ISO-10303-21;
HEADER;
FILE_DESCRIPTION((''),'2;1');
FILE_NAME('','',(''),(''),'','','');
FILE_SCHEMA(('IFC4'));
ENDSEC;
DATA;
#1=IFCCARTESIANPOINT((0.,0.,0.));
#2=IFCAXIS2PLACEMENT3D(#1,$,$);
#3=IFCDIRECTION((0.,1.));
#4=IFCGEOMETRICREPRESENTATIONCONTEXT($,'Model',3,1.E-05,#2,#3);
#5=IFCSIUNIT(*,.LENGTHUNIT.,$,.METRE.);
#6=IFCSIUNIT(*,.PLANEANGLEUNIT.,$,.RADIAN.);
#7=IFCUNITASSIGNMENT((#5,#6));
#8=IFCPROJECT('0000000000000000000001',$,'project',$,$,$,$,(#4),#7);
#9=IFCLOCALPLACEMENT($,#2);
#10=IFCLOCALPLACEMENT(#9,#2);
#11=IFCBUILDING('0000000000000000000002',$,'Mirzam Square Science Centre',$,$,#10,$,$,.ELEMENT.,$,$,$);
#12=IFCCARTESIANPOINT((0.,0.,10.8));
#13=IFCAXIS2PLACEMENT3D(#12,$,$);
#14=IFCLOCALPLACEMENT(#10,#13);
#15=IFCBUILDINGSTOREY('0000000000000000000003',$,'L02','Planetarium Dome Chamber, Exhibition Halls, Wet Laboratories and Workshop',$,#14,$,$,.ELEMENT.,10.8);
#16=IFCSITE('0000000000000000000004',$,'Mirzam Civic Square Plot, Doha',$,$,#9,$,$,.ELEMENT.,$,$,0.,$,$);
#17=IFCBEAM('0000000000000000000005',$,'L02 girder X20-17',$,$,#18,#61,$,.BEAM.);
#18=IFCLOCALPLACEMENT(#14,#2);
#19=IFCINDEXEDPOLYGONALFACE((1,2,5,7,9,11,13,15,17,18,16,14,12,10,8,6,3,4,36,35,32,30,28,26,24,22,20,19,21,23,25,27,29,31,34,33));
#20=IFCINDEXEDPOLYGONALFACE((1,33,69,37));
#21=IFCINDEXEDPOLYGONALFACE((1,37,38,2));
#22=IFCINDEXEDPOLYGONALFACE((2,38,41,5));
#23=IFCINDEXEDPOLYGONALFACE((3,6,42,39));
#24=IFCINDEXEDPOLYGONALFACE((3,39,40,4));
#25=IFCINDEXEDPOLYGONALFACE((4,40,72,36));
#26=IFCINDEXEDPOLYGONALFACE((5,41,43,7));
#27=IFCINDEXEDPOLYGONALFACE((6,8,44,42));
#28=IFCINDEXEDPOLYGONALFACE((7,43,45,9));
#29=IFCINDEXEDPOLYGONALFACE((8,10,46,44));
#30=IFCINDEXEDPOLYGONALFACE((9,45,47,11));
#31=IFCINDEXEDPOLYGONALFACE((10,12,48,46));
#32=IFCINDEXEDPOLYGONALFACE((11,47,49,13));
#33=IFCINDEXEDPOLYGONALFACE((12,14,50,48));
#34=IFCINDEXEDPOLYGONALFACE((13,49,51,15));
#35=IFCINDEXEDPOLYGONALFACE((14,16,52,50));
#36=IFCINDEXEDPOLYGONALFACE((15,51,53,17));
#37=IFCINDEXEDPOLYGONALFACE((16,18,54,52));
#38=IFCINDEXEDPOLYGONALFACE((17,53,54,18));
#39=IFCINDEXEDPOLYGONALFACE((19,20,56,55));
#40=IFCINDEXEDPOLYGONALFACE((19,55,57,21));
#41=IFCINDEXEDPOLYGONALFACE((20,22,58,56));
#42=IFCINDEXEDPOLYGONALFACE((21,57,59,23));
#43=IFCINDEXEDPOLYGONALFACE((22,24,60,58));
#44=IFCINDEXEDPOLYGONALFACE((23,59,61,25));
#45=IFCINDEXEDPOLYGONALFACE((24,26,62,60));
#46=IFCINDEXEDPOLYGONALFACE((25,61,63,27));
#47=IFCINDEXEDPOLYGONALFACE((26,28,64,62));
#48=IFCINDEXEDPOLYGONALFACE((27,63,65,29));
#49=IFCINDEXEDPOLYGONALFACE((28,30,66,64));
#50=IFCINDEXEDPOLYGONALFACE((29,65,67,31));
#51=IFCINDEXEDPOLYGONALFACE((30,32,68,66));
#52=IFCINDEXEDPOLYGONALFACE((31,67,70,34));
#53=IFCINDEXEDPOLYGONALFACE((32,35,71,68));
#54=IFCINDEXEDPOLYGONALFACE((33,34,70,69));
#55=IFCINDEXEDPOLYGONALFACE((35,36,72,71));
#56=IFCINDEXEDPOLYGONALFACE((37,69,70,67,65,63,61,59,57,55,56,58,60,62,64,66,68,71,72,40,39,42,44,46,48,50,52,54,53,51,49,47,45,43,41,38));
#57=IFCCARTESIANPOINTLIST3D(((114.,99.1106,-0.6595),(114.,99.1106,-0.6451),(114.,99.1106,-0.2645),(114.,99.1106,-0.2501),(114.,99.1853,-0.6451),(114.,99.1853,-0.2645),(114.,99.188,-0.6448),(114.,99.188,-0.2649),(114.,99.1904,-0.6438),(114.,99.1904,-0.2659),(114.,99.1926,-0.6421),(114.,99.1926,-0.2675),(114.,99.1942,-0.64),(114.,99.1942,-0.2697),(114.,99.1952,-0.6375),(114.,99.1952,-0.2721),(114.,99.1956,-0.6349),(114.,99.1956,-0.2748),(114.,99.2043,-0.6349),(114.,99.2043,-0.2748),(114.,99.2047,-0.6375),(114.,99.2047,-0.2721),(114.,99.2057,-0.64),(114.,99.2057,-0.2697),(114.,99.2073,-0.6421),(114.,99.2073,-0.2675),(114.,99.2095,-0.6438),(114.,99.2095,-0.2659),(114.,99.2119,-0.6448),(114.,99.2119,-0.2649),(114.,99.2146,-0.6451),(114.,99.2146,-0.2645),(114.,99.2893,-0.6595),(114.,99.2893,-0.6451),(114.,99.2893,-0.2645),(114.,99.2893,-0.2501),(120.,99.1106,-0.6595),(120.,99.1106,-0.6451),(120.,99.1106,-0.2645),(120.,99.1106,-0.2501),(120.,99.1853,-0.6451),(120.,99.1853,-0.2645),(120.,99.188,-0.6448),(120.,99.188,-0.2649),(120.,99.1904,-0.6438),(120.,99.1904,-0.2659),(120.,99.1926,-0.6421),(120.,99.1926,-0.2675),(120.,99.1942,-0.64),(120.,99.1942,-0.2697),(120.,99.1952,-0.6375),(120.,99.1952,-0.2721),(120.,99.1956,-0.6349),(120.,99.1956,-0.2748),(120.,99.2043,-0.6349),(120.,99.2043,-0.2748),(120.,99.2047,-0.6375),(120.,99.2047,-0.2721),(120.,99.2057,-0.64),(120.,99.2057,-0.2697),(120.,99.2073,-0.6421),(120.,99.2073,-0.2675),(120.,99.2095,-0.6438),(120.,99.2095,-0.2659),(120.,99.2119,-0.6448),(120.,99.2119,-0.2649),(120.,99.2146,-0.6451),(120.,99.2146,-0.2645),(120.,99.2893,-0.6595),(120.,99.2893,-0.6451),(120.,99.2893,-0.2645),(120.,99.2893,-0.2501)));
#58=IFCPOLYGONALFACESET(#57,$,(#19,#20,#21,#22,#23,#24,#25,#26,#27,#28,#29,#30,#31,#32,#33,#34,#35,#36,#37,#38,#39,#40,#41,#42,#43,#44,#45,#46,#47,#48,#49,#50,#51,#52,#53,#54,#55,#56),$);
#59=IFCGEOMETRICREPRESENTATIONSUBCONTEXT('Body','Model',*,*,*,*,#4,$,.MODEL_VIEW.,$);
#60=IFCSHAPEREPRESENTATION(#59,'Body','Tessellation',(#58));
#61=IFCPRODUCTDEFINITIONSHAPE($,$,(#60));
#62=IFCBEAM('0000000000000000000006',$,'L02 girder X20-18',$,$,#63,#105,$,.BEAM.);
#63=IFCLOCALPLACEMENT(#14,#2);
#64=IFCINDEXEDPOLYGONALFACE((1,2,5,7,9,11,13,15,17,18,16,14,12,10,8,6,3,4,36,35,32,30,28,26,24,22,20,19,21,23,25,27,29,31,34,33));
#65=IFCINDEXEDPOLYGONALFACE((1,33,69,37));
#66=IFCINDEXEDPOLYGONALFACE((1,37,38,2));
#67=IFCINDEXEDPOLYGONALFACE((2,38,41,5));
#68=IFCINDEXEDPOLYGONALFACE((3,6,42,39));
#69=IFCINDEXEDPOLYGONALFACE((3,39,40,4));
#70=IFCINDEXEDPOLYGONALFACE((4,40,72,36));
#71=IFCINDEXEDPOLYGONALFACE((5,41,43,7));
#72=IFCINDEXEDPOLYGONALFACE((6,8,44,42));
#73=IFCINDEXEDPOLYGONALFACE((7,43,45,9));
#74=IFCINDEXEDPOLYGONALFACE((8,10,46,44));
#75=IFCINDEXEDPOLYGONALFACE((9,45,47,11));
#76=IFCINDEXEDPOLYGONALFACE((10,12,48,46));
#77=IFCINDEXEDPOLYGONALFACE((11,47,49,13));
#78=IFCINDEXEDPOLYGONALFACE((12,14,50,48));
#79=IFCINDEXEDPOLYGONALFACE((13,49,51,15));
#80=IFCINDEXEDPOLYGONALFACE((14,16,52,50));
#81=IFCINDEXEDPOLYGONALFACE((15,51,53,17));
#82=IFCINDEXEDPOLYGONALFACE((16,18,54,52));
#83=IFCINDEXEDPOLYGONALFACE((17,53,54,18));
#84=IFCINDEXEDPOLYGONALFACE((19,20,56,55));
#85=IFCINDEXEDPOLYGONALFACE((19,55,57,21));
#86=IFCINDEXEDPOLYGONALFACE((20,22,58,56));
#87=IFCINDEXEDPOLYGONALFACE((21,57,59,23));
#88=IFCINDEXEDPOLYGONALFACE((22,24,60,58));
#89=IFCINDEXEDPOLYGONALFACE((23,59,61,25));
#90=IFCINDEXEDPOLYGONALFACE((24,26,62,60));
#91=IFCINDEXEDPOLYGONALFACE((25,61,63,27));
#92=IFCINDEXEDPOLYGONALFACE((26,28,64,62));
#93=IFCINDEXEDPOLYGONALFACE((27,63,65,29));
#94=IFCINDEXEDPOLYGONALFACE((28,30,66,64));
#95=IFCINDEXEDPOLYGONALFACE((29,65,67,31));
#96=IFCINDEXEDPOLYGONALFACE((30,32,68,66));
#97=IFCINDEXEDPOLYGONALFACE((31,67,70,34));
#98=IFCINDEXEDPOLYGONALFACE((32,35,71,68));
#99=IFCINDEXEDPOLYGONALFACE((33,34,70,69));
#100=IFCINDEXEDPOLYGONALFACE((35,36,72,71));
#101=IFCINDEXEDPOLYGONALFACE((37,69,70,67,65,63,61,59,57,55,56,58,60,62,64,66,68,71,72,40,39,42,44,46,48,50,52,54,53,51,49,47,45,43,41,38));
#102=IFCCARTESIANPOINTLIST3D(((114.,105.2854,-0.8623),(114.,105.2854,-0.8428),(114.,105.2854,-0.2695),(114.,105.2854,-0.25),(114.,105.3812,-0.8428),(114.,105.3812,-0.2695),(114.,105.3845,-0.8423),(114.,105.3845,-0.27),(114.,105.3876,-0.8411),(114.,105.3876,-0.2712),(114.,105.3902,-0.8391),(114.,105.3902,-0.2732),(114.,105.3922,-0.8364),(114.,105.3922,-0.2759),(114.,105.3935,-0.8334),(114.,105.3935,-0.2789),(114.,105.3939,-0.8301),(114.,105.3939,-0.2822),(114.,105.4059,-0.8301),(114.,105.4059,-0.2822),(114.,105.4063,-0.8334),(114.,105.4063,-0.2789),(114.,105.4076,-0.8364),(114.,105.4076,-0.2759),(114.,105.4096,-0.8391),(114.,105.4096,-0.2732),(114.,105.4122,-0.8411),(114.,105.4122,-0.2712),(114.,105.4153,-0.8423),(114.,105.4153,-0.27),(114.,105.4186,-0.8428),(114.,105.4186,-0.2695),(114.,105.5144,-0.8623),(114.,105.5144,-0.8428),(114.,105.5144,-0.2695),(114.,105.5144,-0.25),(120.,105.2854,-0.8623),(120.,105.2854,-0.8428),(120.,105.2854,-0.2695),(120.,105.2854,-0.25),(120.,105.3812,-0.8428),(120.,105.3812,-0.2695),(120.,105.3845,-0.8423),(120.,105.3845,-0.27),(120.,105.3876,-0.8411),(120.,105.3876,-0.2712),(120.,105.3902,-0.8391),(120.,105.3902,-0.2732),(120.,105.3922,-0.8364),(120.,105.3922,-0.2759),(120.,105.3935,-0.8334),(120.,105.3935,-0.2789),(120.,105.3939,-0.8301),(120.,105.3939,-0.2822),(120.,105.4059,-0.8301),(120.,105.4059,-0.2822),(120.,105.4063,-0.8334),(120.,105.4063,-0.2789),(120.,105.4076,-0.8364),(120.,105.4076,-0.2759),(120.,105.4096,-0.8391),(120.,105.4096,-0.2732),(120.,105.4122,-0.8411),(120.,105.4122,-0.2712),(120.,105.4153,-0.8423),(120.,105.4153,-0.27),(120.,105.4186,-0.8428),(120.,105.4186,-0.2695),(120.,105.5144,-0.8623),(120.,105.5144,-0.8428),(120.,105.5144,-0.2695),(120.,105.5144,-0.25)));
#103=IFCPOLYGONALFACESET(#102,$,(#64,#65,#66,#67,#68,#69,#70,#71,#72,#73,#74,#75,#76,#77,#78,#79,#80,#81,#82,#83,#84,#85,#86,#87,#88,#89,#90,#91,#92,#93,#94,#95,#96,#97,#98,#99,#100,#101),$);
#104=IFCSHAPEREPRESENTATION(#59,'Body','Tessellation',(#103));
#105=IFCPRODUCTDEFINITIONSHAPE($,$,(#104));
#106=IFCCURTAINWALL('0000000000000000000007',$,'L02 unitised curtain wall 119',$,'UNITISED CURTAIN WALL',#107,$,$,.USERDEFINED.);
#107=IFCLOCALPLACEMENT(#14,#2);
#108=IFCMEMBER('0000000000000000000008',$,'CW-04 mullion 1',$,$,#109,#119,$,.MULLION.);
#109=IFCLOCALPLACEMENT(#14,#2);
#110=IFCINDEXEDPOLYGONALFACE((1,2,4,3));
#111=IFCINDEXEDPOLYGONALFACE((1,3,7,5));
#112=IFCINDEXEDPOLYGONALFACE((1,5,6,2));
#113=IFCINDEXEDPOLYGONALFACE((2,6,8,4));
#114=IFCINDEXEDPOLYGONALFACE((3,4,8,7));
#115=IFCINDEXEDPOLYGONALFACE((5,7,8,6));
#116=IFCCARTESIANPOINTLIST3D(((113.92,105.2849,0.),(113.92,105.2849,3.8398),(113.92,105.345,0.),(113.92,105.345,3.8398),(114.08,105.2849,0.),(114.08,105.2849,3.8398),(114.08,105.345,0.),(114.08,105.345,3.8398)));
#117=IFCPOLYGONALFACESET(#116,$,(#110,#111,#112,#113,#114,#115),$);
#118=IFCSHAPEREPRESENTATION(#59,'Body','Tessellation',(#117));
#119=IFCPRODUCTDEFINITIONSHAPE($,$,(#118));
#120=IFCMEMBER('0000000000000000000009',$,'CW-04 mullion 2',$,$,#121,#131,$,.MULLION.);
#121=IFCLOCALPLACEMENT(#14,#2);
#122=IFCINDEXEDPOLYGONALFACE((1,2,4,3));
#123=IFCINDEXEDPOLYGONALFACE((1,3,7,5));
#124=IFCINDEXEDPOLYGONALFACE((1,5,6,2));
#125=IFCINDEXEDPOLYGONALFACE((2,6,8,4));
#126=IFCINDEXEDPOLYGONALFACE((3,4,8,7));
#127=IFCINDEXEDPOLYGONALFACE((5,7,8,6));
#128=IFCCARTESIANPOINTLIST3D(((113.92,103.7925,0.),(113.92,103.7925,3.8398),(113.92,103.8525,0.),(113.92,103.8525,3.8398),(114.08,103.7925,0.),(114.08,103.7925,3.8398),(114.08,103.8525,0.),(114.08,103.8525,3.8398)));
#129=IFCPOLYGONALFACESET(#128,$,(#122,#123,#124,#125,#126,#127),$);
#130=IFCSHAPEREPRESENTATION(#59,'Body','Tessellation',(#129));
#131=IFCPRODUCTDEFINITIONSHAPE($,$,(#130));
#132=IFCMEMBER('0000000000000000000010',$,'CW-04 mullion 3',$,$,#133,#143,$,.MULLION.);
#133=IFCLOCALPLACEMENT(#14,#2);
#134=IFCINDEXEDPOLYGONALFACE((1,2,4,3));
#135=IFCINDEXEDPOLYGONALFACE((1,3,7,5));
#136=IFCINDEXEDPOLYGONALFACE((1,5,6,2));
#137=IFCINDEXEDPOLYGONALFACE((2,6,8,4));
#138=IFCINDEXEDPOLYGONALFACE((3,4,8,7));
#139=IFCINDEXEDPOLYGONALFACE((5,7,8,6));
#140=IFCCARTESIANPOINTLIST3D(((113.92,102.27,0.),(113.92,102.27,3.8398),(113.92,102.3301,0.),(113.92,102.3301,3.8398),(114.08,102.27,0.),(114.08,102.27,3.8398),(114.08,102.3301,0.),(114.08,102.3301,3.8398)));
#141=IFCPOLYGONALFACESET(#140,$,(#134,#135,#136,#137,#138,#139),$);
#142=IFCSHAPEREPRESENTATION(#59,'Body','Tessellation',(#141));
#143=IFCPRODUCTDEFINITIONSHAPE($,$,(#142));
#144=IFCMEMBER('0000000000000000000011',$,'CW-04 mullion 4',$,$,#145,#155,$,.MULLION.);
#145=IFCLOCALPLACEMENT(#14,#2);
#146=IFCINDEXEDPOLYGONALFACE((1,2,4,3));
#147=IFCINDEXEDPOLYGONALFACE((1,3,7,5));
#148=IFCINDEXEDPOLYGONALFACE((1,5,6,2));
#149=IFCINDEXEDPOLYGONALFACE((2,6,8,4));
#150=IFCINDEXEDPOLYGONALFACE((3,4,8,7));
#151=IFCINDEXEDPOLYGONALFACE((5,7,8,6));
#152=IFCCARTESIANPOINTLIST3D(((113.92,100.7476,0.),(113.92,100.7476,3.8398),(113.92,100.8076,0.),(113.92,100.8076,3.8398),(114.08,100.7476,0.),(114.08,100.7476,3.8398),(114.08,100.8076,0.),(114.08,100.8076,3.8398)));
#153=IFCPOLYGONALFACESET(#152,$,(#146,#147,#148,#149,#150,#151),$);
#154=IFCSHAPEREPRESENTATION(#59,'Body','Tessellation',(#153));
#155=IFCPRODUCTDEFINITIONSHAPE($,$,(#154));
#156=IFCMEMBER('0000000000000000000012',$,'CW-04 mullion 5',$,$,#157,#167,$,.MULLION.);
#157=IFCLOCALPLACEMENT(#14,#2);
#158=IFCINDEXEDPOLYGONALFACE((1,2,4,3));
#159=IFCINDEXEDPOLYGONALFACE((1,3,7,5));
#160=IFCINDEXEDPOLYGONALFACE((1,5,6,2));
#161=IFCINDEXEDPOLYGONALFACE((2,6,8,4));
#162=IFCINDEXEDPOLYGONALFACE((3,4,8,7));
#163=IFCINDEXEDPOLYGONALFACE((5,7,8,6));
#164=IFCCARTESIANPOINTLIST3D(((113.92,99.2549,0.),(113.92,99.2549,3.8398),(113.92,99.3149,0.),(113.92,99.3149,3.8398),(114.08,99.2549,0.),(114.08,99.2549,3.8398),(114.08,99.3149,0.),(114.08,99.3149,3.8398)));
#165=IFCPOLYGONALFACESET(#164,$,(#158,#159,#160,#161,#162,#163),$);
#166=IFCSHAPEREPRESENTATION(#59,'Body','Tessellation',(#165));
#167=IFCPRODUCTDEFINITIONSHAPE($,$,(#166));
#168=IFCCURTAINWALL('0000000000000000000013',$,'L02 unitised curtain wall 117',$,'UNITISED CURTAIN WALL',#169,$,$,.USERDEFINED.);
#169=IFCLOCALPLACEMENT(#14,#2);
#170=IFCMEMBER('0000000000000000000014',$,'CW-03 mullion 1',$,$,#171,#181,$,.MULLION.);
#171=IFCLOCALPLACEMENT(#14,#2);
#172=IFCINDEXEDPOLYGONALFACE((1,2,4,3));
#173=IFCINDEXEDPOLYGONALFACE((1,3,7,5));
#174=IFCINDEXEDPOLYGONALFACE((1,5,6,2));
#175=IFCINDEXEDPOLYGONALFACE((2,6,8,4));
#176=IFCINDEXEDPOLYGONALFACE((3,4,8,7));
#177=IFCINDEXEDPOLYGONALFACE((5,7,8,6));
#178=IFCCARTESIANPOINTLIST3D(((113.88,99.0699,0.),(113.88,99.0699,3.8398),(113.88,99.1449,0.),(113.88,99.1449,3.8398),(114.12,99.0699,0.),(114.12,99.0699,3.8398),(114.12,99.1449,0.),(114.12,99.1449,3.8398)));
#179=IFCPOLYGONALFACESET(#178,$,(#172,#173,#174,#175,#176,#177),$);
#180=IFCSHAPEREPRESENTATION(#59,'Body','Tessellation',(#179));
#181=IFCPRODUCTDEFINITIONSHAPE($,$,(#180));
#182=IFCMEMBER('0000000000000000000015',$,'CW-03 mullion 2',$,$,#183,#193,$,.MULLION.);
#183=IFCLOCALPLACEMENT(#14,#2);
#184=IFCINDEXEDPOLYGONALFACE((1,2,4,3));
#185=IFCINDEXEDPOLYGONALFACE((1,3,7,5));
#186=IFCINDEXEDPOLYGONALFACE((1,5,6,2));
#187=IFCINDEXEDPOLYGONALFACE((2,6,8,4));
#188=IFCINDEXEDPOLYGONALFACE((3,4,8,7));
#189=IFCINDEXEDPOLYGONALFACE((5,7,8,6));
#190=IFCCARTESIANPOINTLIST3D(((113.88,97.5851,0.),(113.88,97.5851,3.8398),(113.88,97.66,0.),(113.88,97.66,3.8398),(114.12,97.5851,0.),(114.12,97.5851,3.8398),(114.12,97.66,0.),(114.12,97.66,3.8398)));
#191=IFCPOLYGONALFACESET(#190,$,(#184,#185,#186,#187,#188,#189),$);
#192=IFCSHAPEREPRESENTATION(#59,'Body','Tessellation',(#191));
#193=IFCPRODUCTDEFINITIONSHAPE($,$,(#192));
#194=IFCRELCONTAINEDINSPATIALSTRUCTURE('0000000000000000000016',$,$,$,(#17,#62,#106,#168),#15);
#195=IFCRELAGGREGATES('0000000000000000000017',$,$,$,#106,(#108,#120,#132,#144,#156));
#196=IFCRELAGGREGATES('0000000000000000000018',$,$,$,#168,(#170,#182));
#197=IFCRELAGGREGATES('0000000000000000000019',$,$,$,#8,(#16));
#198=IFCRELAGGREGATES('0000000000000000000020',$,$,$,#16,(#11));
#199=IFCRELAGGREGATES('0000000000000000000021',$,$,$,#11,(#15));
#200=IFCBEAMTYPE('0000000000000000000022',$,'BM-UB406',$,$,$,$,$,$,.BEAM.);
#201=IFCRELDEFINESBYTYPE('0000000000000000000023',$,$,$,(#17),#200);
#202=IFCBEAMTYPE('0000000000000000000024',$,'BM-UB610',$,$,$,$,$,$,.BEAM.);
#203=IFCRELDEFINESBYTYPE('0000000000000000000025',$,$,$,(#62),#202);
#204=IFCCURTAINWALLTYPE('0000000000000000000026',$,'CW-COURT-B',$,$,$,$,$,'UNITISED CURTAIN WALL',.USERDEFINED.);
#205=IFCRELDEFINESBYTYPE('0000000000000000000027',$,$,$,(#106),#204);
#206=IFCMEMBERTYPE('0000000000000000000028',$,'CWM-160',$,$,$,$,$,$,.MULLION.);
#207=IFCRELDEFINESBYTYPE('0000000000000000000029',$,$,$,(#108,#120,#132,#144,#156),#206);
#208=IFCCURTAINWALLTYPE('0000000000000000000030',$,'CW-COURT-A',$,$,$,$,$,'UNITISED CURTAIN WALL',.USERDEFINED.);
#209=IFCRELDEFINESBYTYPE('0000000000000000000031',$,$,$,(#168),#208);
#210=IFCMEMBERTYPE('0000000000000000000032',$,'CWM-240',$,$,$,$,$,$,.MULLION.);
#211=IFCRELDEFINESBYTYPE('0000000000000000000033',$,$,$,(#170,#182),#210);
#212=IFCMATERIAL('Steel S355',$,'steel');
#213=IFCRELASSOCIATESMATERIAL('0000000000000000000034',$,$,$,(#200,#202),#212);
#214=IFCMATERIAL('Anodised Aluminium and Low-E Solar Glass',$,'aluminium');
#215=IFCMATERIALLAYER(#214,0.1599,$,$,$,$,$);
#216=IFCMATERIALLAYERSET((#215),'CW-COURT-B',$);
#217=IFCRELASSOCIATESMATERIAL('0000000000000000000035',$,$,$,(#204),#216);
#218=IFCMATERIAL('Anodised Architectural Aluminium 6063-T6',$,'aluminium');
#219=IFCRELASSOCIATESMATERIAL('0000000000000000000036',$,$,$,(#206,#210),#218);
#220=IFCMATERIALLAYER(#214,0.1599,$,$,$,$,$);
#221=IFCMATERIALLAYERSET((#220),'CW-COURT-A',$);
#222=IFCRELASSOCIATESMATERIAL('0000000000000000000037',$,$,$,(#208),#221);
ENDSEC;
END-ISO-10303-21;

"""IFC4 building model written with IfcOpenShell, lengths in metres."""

from ifc_helpers import new_model, si_unit, direction, frame, origin, origin_2d, place, context, subcontext, project, spatial, rectangle, i_section, extrude, material, layer, layer_set, material_profile, profile_set, type_object, element, aggregate, save


model = new_model("IFC4")

# Units and contexts
model_context = context("Model", 3, precision=1e-05, world=origin(), true_north=direction((0.0, 1.0)))
body_context = subcontext(model_context, "Body", "Model", "MODEL_VIEW")
ifc_project = project(units=[si_unit("LENGTHUNIT", "METRE"), si_unit("PLANEANGLEUNIT", "RADIAN")], contexts=[model_context])

# Site, building, storey
site_placement = place(None, origin())
site = spatial("IfcSite", under=ifc_project, at=site_placement, Name="Mirzam Civic Square Plot, Doha", CompositionType="ELEMENT", RefElevation=0.0)
building_placement = place(site_placement, origin())
building = spatial("IfcBuilding", under=site, at=building_placement, Name="Mirzam Square Science Centre", CompositionType="ELEMENT")
storey_placement = place(building_placement, frame((0.0, 0.0, 10.8)))
storey = spatial("IfcBuildingStorey", under=building, at=storey_placement, Name="L02", Description="Planetarium Dome Chamber, Exhibition Halls, Wet Laboratories and Workshop", CompositionType="ELEMENT", Elevation=10.8)

# Shared definitions
ifc_material_1 = material(Name="Steel S355", Category="steel")

# Beams
ifc_material_profile_1 = material_profile(ifc_material_1, i_section(OverallWidth=0.1787, OverallDepth=0.4094, WebThickness=0.0088, FlangeThickness=0.0144, FilletRadius=0.0103, at=origin_2d()), Name="406x178x67UB")
ifc_profile_set_1 = profile_set([ifc_material_profile_1], Name="Steel S355")
beam_type_1 = type_object("IfcBeamType", Name="BM-UB406", PredefinedType="BEAM", material=ifc_profile_set_1)
beam_1_placement = place(storey_placement, frame((114.0, 99.2, -0.4548), z_axis=(1.0, 0.0, 0.0), x_axis=(0.0, 1.0, 0.0)))
element("IfcBeam", 1, at=beam_1_placement, inside=storey, type_object=beam_type_1, Name="L02 girder X20-17", PredefinedType="BEAM", context=body_context, shape_type="SweptSolid", body=[
    extrude(i_section(OverallWidth=0.1787, OverallDepth=0.4094, WebThickness=0.0088, FlangeThickness=0.0144, FilletRadius=0.0103, at=origin_2d()), origin(), (0.0, 0.0, 1.0), 6.0),
])
ifc_material_profile_2 = material_profile(ifc_material_1, i_section(OverallWidth=0.229, OverallDepth=0.6123, WebThickness=0.012, FlangeThickness=0.0195, FilletRadius=0.0127, at=origin_2d()), Name="610x229x125UB")
ifc_profile_set_2 = profile_set([ifc_material_profile_2], Name="Steel S355")
beam_type_2 = type_object("IfcBeamType", Name="BM-UB610", PredefinedType="BEAM", material=ifc_profile_set_2)
beam_2_placement = place(storey_placement, frame((114.0, 105.3999, -0.5562), z_axis=(1.0, 0.0, 0.0), x_axis=(0.0, 1.0, 0.0)))
element("IfcBeam", 2, at=beam_2_placement, inside=storey, type_object=beam_type_2, Name="L02 girder X20-18", PredefinedType="BEAM", context=body_context, shape_type="SweptSolid", body=[
    extrude(i_section(OverallWidth=0.229, OverallDepth=0.6123, WebThickness=0.012, FlangeThickness=0.0195, FilletRadius=0.0127, at=origin_2d()), origin(), (0.0, 0.0, 1.0), 6.0),
])

# Curtain walls, members
ifc_material_2 = material(Name="Anodised Aluminium and Low-E Solar Glass", Category="aluminium")
ifc_layer_1 = layer(ifc_material_2, 0.1599)
ifc_layer_set_1 = layer_set([ifc_layer_1], Name="CW-COURT-B")
curtain_wall_type_1 = type_object("IfcCurtainWallType", Name="CW-COURT-B", ElementType="UNITISED CURTAIN WALL", PredefinedType="USERDEFINED", material=ifc_layer_set_1)
curtain_wall_1_placement = place(storey_placement, origin())
curtain_wall_1 = element("IfcCurtainWall", 3, at=curtain_wall_1_placement, inside=storey, type_object=curtain_wall_type_1, Name="L02 unitised curtain wall 119", ObjectType="UNITISED CURTAIN WALL", PredefinedType="USERDEFINED")
ifc_material_3 = material(Name="Anodised Architectural Aluminium 6063-T6", Category="aluminium")
ifc_material_profile_3 = material_profile(ifc_material_3, rectangle(XDim=0.0601, YDim=0.1599, at=origin_2d()), Name="ALU-MULL-160x60x4")
ifc_profile_set_3 = profile_set([ifc_material_profile_3], Name="Anodised Architectural Aluminium 6063-T6")
member_type_1 = type_object("IfcMemberType", Name="CWM-160", PredefinedType="MULLION", material=ifc_profile_set_3)
member_1_placement = place(storey_placement, frame((114.0, 105.3149, 0.0), z_axis=(0.0, 0.0, 1.0), x_axis=(0.0, -1.0, 0.0)))
member_1 = element("IfcMember", 4, at=member_1_placement, type_object=member_type_1, Name="CW-04 mullion 1", PredefinedType="MULLION", context=body_context, shape_type="SweptSolid", body=[
    extrude(rectangle(XDim=0.0601, YDim=0.1599, at=origin_2d()), origin(), (0.0, 0.0, 1.0), 3.8398),
])
member_2_placement = place(storey_placement, frame((114.0, 103.8225, 0.0), z_axis=(0.0, 0.0, 1.0), x_axis=(0.0, -1.0, 0.0)))
member_2 = element("IfcMember", 5, at=member_2_placement, type_object=member_type_1, Name="CW-04 mullion 2", PredefinedType="MULLION", context=body_context, shape_type="SweptSolid", body=[
    extrude(rectangle(XDim=0.0601, YDim=0.1599, at=origin_2d()), origin(), (0.0, 0.0, 1.0), 3.8398),
])
member_3_placement = place(storey_placement, frame((114.0, 102.3, 0.0), z_axis=(0.0, 0.0, 1.0), x_axis=(0.0, -1.0, 0.0)))
member_3 = element("IfcMember", 6, at=member_3_placement, type_object=member_type_1, Name="CW-04 mullion 3", PredefinedType="MULLION", context=body_context, shape_type="SweptSolid", body=[
    extrude(rectangle(XDim=0.0601, YDim=0.1599, at=origin_2d()), origin(), (0.0, 0.0, 1.0), 3.8398),
])
member_4_placement = place(storey_placement, frame((114.0, 100.7776, 0.0), z_axis=(0.0, 0.0, 1.0), x_axis=(0.0, -1.0, 0.0)))
member_4 = element("IfcMember", 7, at=member_4_placement, type_object=member_type_1, Name="CW-04 mullion 4", PredefinedType="MULLION", context=body_context, shape_type="SweptSolid", body=[
    extrude(rectangle(XDim=0.0601, YDim=0.1599, at=origin_2d()), origin(), (0.0, 0.0, 1.0), 3.8398),
])
member_5_placement = place(storey_placement, frame((114.0, 99.2849, 0.0), z_axis=(0.0, 0.0, 1.0), x_axis=(0.0, -1.0, 0.0)))
member_5 = element("IfcMember", 8, at=member_5_placement, type_object=member_type_1, Name="CW-04 mullion 5", PredefinedType="MULLION", context=body_context, shape_type="SweptSolid", body=[
    extrude(rectangle(XDim=0.0601, YDim=0.1599, at=origin_2d()), origin(), (0.0, 0.0, 1.0), 3.8398),
])
ifc_layer_2 = layer(ifc_material_2, 0.1599)
ifc_layer_set_2 = layer_set([ifc_layer_2], Name="CW-COURT-A")
curtain_wall_type_2 = type_object("IfcCurtainWallType", Name="CW-COURT-A", ElementType="UNITISED CURTAIN WALL", PredefinedType="USERDEFINED", material=ifc_layer_set_2)
curtain_wall_2_placement = place(storey_placement, origin())
curtain_wall_2 = element("IfcCurtainWall", 9, at=curtain_wall_2_placement, inside=storey, type_object=curtain_wall_type_2, Name="L02 unitised curtain wall 117", ObjectType="UNITISED CURTAIN WALL", PredefinedType="USERDEFINED")
ifc_material_profile_4 = material_profile(ifc_material_3, rectangle(XDim=0.075, YDim=0.24, at=origin_2d()), Name="ALU-MULL-240x75x5")
ifc_profile_set_4 = profile_set([ifc_material_profile_4], Name="Anodised Architectural Aluminium 6063-T6")
member_type_2 = type_object("IfcMemberType", Name="CWM-240", PredefinedType="MULLION", material=ifc_profile_set_4)
member_6_placement = place(storey_placement, frame((114.0, 99.1074, 0.0), z_axis=(0.0, 0.0, 1.0), x_axis=(0.0, -1.0, 0.0)))
member_6 = element("IfcMember", 10, at=member_6_placement, type_object=member_type_2, Name="CW-03 mullion 1", PredefinedType="MULLION", context=body_context, shape_type="SweptSolid", body=[
    extrude(rectangle(XDim=0.075, YDim=0.24, at=origin_2d()), origin(), (0.0, 0.0, 1.0), 3.8398),
])
member_7_placement = place(storey_placement, frame((114.0, 97.6226, 0.0), z_axis=(0.0, 0.0, 1.0), x_axis=(0.0, -1.0, 0.0)))
member_7 = element("IfcMember", 11, at=member_7_placement, type_object=member_type_2, Name="CW-03 mullion 2", PredefinedType="MULLION", context=body_context, shape_type="SweptSolid", body=[
    extrude(rectangle(XDim=0.075, YDim=0.24, at=origin_2d()), origin(), (0.0, 0.0, 1.0), 3.8398),
])

aggregate(curtain_wall_1, [member_1, member_2, member_3, member_4, member_5])

aggregate(curtain_wall_2, [member_6, member_7])

save(model, "model.ifc")
